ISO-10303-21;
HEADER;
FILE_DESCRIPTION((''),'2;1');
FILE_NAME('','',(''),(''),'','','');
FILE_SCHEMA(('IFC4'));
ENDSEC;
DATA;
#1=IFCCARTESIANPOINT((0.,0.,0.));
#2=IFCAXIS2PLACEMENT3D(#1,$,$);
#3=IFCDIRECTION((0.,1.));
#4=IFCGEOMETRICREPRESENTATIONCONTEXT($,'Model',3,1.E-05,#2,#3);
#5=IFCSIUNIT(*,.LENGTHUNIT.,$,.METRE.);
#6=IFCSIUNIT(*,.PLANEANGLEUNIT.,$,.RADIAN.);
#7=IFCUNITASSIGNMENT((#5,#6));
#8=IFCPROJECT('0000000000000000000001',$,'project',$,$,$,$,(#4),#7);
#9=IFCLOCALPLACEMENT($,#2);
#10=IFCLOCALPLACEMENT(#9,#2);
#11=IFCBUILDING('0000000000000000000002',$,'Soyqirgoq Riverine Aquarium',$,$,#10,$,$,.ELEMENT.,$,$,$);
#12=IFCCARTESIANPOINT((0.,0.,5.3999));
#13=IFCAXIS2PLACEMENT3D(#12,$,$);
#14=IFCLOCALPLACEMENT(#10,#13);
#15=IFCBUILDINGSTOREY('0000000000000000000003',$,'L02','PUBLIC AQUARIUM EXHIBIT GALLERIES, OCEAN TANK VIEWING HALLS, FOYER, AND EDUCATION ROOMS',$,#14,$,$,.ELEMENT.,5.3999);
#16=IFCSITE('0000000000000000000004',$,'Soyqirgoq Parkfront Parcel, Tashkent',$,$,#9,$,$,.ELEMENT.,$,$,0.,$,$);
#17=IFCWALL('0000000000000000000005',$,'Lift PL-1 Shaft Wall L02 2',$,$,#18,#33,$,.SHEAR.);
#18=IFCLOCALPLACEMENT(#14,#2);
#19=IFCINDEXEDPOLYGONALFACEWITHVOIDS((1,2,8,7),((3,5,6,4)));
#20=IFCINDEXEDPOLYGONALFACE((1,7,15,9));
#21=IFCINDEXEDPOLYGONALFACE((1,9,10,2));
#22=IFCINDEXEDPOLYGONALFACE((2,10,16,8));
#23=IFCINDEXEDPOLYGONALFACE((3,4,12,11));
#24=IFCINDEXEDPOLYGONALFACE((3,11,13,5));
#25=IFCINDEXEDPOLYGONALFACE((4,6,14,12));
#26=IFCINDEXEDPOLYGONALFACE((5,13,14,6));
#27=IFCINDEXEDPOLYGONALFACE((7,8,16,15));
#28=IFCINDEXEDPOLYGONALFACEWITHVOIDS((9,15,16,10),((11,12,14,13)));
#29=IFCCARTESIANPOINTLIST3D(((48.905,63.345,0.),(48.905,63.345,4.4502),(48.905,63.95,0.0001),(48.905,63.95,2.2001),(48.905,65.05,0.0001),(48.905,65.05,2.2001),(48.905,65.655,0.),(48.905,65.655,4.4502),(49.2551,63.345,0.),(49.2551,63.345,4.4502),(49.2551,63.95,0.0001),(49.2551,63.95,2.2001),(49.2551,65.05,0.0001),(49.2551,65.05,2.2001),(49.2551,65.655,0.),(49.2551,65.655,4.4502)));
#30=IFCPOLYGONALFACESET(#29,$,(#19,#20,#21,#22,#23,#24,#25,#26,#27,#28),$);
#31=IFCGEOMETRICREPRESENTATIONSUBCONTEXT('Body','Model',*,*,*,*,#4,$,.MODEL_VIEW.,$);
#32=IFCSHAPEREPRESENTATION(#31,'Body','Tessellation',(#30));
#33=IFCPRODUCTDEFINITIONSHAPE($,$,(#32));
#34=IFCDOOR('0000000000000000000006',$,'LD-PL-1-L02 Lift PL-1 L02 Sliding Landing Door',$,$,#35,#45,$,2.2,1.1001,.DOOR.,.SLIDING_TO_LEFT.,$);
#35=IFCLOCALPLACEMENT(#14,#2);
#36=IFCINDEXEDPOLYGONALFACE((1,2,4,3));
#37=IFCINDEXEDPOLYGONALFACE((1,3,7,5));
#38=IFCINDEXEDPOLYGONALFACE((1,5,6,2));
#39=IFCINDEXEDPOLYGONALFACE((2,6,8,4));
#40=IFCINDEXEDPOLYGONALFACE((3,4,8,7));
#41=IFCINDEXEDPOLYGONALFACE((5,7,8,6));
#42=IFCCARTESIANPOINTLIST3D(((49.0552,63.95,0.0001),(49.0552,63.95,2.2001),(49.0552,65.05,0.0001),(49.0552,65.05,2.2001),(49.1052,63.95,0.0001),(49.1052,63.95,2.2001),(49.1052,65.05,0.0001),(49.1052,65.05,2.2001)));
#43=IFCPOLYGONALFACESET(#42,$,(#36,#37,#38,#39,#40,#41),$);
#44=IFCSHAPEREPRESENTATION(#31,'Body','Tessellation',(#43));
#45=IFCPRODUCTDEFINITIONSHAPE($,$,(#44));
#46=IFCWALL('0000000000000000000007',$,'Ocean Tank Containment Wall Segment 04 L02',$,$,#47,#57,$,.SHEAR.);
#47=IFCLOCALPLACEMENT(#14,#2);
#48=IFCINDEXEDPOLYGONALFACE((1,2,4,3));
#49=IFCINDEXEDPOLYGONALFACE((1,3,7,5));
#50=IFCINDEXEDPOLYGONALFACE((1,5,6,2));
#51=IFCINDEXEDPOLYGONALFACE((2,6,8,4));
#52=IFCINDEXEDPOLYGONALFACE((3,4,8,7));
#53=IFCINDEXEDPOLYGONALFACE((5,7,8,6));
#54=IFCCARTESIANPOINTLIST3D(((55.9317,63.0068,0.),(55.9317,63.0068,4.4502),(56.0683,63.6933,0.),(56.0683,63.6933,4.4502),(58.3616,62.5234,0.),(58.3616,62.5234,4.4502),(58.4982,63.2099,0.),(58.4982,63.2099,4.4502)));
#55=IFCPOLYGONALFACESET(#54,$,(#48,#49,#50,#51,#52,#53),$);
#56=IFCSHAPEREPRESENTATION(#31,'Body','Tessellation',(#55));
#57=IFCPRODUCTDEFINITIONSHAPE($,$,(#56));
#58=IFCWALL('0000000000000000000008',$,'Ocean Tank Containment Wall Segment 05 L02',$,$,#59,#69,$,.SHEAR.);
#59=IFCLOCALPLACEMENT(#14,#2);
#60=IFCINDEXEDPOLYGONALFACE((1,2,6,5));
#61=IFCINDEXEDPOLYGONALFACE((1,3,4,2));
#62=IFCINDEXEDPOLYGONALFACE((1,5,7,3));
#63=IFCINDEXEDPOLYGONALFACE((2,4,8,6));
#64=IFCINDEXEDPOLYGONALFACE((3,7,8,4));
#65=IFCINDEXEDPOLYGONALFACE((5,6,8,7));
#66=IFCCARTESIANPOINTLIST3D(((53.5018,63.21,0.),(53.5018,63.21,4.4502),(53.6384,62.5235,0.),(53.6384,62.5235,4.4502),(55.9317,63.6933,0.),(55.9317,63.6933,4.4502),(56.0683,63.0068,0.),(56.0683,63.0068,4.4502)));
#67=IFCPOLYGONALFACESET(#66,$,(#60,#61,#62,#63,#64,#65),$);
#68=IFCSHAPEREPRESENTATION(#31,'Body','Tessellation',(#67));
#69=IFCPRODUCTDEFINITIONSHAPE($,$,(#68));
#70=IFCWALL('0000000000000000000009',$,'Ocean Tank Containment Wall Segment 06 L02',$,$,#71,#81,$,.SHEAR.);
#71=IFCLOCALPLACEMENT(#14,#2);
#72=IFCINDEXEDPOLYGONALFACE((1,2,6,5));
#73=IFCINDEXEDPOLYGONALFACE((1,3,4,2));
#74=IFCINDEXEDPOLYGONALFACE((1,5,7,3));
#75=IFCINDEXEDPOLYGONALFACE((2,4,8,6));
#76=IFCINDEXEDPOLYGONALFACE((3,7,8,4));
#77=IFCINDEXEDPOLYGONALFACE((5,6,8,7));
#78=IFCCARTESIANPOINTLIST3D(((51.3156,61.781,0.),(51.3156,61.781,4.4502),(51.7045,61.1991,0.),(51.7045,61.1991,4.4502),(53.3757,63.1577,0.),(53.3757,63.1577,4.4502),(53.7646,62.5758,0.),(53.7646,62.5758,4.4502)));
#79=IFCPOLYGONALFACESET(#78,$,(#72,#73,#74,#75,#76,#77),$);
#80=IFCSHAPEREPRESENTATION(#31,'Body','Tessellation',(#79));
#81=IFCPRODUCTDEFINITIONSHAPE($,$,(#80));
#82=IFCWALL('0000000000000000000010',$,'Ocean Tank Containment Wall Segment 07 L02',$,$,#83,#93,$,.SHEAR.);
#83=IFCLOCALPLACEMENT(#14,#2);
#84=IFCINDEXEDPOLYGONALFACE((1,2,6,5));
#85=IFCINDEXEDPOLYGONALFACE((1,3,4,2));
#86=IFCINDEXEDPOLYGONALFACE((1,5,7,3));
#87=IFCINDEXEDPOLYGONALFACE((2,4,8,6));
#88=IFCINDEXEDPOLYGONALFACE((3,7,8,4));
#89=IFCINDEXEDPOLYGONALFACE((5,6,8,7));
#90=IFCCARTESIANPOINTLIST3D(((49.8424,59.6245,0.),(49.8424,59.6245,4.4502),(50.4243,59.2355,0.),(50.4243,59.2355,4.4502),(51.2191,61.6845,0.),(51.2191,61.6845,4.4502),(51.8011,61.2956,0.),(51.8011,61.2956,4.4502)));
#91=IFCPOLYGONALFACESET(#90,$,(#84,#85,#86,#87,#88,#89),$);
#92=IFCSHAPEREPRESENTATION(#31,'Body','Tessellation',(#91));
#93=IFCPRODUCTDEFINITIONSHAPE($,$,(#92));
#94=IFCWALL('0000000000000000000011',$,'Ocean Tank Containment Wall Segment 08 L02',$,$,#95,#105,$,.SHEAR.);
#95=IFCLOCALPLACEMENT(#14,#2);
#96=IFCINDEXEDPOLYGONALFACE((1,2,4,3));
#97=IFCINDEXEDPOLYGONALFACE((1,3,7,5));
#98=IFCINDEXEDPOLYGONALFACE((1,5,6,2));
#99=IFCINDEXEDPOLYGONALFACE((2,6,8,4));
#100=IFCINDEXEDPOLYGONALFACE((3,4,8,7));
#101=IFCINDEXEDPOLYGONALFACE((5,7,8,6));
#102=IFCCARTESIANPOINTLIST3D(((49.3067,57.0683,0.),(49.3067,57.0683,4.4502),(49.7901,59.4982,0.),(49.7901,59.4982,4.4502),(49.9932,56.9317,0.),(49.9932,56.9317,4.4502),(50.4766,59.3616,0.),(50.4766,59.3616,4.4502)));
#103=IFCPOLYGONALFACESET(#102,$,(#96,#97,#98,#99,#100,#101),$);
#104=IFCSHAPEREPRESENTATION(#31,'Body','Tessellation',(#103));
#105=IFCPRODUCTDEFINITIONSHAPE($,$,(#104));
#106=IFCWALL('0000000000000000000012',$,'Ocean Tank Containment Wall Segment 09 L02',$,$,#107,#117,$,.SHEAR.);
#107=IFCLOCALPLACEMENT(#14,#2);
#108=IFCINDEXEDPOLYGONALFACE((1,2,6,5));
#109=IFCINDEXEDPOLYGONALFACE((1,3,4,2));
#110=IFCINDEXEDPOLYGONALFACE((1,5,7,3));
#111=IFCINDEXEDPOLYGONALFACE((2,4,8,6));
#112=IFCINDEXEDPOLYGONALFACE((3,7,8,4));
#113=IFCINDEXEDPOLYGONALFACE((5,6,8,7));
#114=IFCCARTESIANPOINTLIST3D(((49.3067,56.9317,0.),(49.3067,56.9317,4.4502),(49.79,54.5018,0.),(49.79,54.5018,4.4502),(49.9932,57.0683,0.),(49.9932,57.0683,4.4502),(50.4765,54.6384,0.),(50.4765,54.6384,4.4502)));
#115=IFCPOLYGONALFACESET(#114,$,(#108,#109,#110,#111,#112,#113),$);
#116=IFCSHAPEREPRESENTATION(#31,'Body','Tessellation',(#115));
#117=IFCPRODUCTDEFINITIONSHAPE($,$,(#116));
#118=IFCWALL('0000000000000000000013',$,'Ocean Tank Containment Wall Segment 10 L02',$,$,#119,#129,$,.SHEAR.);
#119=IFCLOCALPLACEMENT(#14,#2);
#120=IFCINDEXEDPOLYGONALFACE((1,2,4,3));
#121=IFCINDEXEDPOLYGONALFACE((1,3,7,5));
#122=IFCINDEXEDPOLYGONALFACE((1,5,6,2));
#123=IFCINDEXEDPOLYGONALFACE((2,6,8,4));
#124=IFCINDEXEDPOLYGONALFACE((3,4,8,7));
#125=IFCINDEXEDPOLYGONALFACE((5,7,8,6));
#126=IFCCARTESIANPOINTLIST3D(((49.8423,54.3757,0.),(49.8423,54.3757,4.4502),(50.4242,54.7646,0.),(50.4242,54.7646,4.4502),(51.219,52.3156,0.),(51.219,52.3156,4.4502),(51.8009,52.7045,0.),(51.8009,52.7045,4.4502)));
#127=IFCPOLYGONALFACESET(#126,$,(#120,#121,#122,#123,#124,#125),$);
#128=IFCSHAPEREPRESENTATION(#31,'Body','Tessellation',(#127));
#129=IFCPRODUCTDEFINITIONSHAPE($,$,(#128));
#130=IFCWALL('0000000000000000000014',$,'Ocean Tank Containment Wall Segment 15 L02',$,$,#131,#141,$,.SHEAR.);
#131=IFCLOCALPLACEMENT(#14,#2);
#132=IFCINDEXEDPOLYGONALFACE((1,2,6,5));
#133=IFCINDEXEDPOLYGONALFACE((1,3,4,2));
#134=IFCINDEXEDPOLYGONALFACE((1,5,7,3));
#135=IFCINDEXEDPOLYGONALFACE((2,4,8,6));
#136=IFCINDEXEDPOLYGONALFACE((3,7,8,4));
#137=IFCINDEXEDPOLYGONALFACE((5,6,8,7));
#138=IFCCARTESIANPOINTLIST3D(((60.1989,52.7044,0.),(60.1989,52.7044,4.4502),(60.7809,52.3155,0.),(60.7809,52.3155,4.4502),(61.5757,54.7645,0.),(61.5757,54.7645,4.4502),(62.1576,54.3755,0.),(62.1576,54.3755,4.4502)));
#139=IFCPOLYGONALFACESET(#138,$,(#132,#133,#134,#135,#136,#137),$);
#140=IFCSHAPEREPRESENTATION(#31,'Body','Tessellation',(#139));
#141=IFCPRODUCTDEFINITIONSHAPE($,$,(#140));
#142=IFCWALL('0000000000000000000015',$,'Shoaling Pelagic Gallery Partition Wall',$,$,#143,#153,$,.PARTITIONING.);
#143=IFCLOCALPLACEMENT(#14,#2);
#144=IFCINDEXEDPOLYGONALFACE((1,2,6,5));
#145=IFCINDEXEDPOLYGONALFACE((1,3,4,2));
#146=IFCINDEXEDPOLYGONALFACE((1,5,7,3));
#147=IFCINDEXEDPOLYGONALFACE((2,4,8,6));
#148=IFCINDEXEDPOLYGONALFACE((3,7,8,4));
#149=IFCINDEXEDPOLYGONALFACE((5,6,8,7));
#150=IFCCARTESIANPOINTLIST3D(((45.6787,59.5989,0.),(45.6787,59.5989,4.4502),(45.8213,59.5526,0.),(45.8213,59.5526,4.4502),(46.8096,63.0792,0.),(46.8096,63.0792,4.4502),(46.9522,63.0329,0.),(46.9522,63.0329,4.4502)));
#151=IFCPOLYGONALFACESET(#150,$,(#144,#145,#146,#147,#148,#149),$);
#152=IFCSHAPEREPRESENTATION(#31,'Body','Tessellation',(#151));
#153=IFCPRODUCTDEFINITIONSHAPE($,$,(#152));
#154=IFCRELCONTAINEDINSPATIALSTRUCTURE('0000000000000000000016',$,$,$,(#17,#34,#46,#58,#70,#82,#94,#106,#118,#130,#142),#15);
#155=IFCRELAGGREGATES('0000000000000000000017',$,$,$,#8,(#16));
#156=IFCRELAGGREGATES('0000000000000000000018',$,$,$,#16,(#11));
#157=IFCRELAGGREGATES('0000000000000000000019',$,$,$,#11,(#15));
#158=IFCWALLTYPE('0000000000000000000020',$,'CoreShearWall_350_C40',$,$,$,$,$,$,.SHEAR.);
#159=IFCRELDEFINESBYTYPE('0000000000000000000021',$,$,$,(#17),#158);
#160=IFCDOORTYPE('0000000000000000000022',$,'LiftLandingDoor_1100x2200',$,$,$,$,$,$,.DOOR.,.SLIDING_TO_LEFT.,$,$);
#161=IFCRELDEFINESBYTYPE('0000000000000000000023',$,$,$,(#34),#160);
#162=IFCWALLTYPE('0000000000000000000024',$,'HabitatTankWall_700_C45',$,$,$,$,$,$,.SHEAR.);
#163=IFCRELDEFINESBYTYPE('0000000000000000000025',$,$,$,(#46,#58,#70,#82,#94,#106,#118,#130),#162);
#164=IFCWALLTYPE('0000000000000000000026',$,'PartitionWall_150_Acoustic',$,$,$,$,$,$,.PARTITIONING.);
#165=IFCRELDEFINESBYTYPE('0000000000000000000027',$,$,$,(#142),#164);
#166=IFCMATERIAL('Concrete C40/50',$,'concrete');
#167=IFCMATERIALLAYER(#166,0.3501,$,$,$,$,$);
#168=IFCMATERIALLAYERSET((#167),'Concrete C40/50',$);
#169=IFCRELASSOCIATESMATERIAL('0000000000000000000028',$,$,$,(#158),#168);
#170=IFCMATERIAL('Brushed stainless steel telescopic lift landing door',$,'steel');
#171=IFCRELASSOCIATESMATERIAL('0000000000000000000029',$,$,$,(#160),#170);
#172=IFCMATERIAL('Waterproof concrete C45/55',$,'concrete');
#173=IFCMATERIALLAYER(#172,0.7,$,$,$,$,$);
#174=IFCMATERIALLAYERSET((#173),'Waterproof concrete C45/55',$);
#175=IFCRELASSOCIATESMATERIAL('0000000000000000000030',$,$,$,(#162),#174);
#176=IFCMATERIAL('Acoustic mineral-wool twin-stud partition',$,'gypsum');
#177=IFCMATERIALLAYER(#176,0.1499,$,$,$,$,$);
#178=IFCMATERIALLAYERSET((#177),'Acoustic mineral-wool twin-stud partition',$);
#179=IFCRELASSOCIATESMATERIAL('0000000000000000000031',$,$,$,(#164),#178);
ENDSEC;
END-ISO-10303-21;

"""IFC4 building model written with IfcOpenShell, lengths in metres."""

from ifc_helpers import new_model, si_unit, direction, frame, frame_2d, origin, place, context, subcontext, project, spatial, rectangle, extrude, material, layer, layer_set, type_object, element, fill, save


model = new_model("IFC4")

# Units and contexts
model_context = context("Model", 3, precision=1e-05, world=origin(), true_north=direction((0.0, 1.0)))
body_context = subcontext(model_context, "Body", "Model", "MODEL_VIEW")
ifc_project = project(units=[si_unit("LENGTHUNIT", "METRE"), si_unit("PLANEANGLEUNIT", "RADIAN")], contexts=[model_context])

# Site, building, storey
site_placement = place(None, origin())
site = spatial("IfcSite", under=ifc_project, at=site_placement, Name="Soyqirgoq Parkfront Parcel, Tashkent", CompositionType="ELEMENT", RefElevation=0.0)
building_placement = place(site_placement, origin())
building = spatial("IfcBuilding", under=site, at=building_placement, Name="Soyqirgoq Riverine Aquarium", CompositionType="ELEMENT")
storey_placement = place(building_placement, frame((0.0, 0.0, 5.3999)))
storey = spatial("IfcBuildingStorey", under=building, at=storey_placement, Name="L02", Description="PUBLIC AQUARIUM EXHIBIT GALLERIES, OCEAN TANK VIEWING HALLS, FOYER, AND EDUCATION ROOMS", CompositionType="ELEMENT", Elevation=5.3999)

# Shared definitions
ifc_material_1 = material(Name="Concrete C40/50", Category="concrete")
ifc_layer_1 = layer(ifc_material_1, 0.3501)
ifc_layer_set_1 = layer_set([ifc_layer_1], Name="Concrete C40/50")
wall_type_1 = type_object("IfcWallType", Name="CoreShearWall_350_C40", PredefinedType="SHEAR", material=ifc_layer_set_1)

# Wall, opening, door
wall_1_placement = place(storey_placement, frame((49.0801, 63.345, 0.0), z_axis=(0.0, 0.0, 1.0), x_axis=(0.0, 1.0, 0.0)))
wall_1 = element("IfcWall", 1, at=wall_1_placement, inside=storey, type_object=wall_type_1, Name="Lift PL-1 Shaft Wall L02 2", PredefinedType="SHEAR", context=body_context, shape_type="SweptSolid", body=[
    extrude(rectangle(XDim=2.3101, YDim=0.3501, at=frame_2d((1.155, 0.0))), origin(), (0.0, 0.0, 1.0), 4.4502),
])
opening_placement = place(wall_1_placement, frame((0.605, 0.0, 0.0)))
opening = element("IfcOpeningElement", 2, at=opening_placement, cuts=wall_1, PredefinedType="OPENING", context=body_context, shape_type="SweptSolid", body=[
    extrude(rectangle(XDim=1.1001, YDim=2.2, at=frame_2d((0.55, 1.1001))), frame((0.0, 0.1851, 0.0), z_axis=(0.0, -1.0, 0.0), x_axis=(1.0, 0.0, 0.0)), (0.0, 0.0, 1.0), 0.3701),
])
ifc_material_2 = material(Name="Brushed stainless steel telescopic lift landing door", Category="steel")
door_type = type_object("IfcDoorType", Name="LiftLandingDoor_1100x2200", OperationType="SLIDING_TO_LEFT", PredefinedType="DOOR", material=ifc_material_2)
door_placement = place(opening_placement, origin())
door = element("IfcDoor", 3, at=door_placement, inside=storey, type_object=door_type, Name="LD-PL-1-L02 Lift PL-1 L02 Sliding Landing Door", OperationType="SLIDING_TO_LEFT", OverallHeight=2.2, OverallWidth=1.1001, PredefinedType="DOOR", context=body_context, shape_type="SweptSolid", body=[
    extrude(rectangle(XDim=1.1001, YDim=2.2, at=frame_2d((0.55, 1.1001))), frame((0.0, 0.0249, 0.0), z_axis=(0.0, -1.0, 0.0), x_axis=(1.0, 0.0, 0.0)), (0.0, 0.0, 1.0), 0.05),
])
fill(opening, door)

# Walls
ifc_material_3 = material(Name="Waterproof concrete C45/55", Category="concrete")
ifc_layer_2 = layer(ifc_material_3, 0.7)
ifc_layer_set_2 = layer_set([ifc_layer_2], Name="Waterproof concrete C45/55")
wall_type_2 = type_object("IfcWallType", Name="HabitatTankWall_700_C45", PredefinedType="SHEAR", material=ifc_layer_set_2)
for number, where, z_axis, x_axis, name in (
    (4, (58.4299, 62.8667, 0.0), (0.0, 0.0, 1.0), (-0.980781, 0.195112, 0.0), "Ocean Tank Containment Wall Segment 04 L02"),
    (5, (56.0, 63.3501, 0.0), (0.0, 0.0, 1.0), (-0.980781, -0.195112, 0.0), "Ocean Tank Containment Wall Segment 05 L02"),
):
    element("IfcWall", number, at=place(storey_placement, frame(where, z_axis=z_axis, x_axis=x_axis)), inside=storey, type_object=wall_type_2, Name=name, PredefinedType="SHEAR", context=body_context, shape_type="SweptSolid", body=[
        extrude(rectangle(XDim=2.4775, YDim=0.7, at=frame_2d((1.2388, 0.0))), origin(), (0.0, 0.0, 1.0), 4.4502),
    ])
for number, where, z_axis, x_axis, name in (
    (6, (53.5701, 62.8667, 0.0), (0.0, 0.0, 1.0), (-0.831428, -0.555632, 0.0), "Ocean Tank Containment Wall Segment 06 L02"),
    (7, (51.51, 61.49, 0.0), (0.0, 0.0, 1.0), (-0.555632, -0.831428, 0.0), "Ocean Tank Containment Wall Segment 07 L02"),
):
    element("IfcWall", number, at=place(storey_placement, frame(where, z_axis=z_axis, x_axis=x_axis)), inside=storey, type_object=wall_type_2, Name=name, PredefinedType="SHEAR", context=body_context, shape_type="SweptSolid", body=[
        extrude(rectangle(XDim=2.4778, YDim=0.7, at=frame_2d((1.2388, 0.0))), origin(), (0.0, 0.0, 1.0), 4.4502),
    ])
for number, where, z_axis, x_axis, name in (
    (8, (50.1333, 59.4299, 0.0), (0.0, 0.0, 1.0), (-0.195112, -0.980781, 0.0), "Ocean Tank Containment Wall Segment 08 L02"),
    (9, (49.6499, 57.0, 0.0), (0.0, 0.0, 1.0), (0.195112, -0.980781, 0.0), "Ocean Tank Containment Wall Segment 09 L02"),
):
    element("IfcWall", number, at=place(storey_placement, frame(where, z_axis=z_axis, x_axis=x_axis)), inside=storey, type_object=wall_type_2, Name=name, PredefinedType="SHEAR", context=body_context, shape_type="SweptSolid", body=[
        extrude(rectangle(XDim=2.4775, YDim=0.7, at=frame_2d((1.2388, 0.0))), origin(), (0.0, 0.0, 1.0), 4.4502),
    ])
for number, where, z_axis, x_axis, name in (
    (10, (50.1333, 54.5701, 0.0), (0.0, 0.0, 1.0), (0.555632, -0.831428, 0.0), "Ocean Tank Containment Wall Segment 10 L02"),
    (11, (60.49, 52.51, 0.0), (0.0, 0.0, 1.0), (0.555632, 0.831428, 0.0), "Ocean Tank Containment Wall Segment 15 L02"),
):
    element("IfcWall", number, at=place(storey_placement, frame(where, z_axis=z_axis, x_axis=x_axis)), inside=storey, type_object=wall_type_2, Name=name, PredefinedType="SHEAR", context=body_context, shape_type="SweptSolid", body=[
        extrude(rectangle(XDim=2.4778, YDim=0.7, at=frame_2d((1.2388, 0.0))), origin(), (0.0, 0.0, 1.0), 4.4502),
    ])
ifc_material_4 = material(Name="Acoustic mineral-wool twin-stud partition", Category="gypsum")
ifc_layer_3 = layer(ifc_material_4, 0.1499)
ifc_layer_set_3 = layer_set([ifc_layer_3], Name="Acoustic mineral-wool twin-stud partition")
wall_type_3 = type_object("IfcWallType", Name="PartitionWall_150_Acoustic", PredefinedType="PARTITIONING", material=ifc_layer_set_3)
wall_2_placement = place(storey_placement, frame((46.8809, 63.0559, 0.0), z_axis=(0.0, 0.0, 1.0), x_axis=(-0.309033, -0.951051, 0.0)))
element("IfcWall", 12, at=wall_2_placement, inside=storey, type_object=wall_type_3, Name="Shoaling Pelagic Gallery Partition Wall", PredefinedType="PARTITIONING", context=body_context, shape_type="SweptSolid", body=[
    extrude(rectangle(XDim=3.6594, YDim=0.1499, at=frame_2d((1.8296, 0.0))), origin(), (0.0, 0.0, 1.0), 4.4502),
])

save(model, "model.ifc")
